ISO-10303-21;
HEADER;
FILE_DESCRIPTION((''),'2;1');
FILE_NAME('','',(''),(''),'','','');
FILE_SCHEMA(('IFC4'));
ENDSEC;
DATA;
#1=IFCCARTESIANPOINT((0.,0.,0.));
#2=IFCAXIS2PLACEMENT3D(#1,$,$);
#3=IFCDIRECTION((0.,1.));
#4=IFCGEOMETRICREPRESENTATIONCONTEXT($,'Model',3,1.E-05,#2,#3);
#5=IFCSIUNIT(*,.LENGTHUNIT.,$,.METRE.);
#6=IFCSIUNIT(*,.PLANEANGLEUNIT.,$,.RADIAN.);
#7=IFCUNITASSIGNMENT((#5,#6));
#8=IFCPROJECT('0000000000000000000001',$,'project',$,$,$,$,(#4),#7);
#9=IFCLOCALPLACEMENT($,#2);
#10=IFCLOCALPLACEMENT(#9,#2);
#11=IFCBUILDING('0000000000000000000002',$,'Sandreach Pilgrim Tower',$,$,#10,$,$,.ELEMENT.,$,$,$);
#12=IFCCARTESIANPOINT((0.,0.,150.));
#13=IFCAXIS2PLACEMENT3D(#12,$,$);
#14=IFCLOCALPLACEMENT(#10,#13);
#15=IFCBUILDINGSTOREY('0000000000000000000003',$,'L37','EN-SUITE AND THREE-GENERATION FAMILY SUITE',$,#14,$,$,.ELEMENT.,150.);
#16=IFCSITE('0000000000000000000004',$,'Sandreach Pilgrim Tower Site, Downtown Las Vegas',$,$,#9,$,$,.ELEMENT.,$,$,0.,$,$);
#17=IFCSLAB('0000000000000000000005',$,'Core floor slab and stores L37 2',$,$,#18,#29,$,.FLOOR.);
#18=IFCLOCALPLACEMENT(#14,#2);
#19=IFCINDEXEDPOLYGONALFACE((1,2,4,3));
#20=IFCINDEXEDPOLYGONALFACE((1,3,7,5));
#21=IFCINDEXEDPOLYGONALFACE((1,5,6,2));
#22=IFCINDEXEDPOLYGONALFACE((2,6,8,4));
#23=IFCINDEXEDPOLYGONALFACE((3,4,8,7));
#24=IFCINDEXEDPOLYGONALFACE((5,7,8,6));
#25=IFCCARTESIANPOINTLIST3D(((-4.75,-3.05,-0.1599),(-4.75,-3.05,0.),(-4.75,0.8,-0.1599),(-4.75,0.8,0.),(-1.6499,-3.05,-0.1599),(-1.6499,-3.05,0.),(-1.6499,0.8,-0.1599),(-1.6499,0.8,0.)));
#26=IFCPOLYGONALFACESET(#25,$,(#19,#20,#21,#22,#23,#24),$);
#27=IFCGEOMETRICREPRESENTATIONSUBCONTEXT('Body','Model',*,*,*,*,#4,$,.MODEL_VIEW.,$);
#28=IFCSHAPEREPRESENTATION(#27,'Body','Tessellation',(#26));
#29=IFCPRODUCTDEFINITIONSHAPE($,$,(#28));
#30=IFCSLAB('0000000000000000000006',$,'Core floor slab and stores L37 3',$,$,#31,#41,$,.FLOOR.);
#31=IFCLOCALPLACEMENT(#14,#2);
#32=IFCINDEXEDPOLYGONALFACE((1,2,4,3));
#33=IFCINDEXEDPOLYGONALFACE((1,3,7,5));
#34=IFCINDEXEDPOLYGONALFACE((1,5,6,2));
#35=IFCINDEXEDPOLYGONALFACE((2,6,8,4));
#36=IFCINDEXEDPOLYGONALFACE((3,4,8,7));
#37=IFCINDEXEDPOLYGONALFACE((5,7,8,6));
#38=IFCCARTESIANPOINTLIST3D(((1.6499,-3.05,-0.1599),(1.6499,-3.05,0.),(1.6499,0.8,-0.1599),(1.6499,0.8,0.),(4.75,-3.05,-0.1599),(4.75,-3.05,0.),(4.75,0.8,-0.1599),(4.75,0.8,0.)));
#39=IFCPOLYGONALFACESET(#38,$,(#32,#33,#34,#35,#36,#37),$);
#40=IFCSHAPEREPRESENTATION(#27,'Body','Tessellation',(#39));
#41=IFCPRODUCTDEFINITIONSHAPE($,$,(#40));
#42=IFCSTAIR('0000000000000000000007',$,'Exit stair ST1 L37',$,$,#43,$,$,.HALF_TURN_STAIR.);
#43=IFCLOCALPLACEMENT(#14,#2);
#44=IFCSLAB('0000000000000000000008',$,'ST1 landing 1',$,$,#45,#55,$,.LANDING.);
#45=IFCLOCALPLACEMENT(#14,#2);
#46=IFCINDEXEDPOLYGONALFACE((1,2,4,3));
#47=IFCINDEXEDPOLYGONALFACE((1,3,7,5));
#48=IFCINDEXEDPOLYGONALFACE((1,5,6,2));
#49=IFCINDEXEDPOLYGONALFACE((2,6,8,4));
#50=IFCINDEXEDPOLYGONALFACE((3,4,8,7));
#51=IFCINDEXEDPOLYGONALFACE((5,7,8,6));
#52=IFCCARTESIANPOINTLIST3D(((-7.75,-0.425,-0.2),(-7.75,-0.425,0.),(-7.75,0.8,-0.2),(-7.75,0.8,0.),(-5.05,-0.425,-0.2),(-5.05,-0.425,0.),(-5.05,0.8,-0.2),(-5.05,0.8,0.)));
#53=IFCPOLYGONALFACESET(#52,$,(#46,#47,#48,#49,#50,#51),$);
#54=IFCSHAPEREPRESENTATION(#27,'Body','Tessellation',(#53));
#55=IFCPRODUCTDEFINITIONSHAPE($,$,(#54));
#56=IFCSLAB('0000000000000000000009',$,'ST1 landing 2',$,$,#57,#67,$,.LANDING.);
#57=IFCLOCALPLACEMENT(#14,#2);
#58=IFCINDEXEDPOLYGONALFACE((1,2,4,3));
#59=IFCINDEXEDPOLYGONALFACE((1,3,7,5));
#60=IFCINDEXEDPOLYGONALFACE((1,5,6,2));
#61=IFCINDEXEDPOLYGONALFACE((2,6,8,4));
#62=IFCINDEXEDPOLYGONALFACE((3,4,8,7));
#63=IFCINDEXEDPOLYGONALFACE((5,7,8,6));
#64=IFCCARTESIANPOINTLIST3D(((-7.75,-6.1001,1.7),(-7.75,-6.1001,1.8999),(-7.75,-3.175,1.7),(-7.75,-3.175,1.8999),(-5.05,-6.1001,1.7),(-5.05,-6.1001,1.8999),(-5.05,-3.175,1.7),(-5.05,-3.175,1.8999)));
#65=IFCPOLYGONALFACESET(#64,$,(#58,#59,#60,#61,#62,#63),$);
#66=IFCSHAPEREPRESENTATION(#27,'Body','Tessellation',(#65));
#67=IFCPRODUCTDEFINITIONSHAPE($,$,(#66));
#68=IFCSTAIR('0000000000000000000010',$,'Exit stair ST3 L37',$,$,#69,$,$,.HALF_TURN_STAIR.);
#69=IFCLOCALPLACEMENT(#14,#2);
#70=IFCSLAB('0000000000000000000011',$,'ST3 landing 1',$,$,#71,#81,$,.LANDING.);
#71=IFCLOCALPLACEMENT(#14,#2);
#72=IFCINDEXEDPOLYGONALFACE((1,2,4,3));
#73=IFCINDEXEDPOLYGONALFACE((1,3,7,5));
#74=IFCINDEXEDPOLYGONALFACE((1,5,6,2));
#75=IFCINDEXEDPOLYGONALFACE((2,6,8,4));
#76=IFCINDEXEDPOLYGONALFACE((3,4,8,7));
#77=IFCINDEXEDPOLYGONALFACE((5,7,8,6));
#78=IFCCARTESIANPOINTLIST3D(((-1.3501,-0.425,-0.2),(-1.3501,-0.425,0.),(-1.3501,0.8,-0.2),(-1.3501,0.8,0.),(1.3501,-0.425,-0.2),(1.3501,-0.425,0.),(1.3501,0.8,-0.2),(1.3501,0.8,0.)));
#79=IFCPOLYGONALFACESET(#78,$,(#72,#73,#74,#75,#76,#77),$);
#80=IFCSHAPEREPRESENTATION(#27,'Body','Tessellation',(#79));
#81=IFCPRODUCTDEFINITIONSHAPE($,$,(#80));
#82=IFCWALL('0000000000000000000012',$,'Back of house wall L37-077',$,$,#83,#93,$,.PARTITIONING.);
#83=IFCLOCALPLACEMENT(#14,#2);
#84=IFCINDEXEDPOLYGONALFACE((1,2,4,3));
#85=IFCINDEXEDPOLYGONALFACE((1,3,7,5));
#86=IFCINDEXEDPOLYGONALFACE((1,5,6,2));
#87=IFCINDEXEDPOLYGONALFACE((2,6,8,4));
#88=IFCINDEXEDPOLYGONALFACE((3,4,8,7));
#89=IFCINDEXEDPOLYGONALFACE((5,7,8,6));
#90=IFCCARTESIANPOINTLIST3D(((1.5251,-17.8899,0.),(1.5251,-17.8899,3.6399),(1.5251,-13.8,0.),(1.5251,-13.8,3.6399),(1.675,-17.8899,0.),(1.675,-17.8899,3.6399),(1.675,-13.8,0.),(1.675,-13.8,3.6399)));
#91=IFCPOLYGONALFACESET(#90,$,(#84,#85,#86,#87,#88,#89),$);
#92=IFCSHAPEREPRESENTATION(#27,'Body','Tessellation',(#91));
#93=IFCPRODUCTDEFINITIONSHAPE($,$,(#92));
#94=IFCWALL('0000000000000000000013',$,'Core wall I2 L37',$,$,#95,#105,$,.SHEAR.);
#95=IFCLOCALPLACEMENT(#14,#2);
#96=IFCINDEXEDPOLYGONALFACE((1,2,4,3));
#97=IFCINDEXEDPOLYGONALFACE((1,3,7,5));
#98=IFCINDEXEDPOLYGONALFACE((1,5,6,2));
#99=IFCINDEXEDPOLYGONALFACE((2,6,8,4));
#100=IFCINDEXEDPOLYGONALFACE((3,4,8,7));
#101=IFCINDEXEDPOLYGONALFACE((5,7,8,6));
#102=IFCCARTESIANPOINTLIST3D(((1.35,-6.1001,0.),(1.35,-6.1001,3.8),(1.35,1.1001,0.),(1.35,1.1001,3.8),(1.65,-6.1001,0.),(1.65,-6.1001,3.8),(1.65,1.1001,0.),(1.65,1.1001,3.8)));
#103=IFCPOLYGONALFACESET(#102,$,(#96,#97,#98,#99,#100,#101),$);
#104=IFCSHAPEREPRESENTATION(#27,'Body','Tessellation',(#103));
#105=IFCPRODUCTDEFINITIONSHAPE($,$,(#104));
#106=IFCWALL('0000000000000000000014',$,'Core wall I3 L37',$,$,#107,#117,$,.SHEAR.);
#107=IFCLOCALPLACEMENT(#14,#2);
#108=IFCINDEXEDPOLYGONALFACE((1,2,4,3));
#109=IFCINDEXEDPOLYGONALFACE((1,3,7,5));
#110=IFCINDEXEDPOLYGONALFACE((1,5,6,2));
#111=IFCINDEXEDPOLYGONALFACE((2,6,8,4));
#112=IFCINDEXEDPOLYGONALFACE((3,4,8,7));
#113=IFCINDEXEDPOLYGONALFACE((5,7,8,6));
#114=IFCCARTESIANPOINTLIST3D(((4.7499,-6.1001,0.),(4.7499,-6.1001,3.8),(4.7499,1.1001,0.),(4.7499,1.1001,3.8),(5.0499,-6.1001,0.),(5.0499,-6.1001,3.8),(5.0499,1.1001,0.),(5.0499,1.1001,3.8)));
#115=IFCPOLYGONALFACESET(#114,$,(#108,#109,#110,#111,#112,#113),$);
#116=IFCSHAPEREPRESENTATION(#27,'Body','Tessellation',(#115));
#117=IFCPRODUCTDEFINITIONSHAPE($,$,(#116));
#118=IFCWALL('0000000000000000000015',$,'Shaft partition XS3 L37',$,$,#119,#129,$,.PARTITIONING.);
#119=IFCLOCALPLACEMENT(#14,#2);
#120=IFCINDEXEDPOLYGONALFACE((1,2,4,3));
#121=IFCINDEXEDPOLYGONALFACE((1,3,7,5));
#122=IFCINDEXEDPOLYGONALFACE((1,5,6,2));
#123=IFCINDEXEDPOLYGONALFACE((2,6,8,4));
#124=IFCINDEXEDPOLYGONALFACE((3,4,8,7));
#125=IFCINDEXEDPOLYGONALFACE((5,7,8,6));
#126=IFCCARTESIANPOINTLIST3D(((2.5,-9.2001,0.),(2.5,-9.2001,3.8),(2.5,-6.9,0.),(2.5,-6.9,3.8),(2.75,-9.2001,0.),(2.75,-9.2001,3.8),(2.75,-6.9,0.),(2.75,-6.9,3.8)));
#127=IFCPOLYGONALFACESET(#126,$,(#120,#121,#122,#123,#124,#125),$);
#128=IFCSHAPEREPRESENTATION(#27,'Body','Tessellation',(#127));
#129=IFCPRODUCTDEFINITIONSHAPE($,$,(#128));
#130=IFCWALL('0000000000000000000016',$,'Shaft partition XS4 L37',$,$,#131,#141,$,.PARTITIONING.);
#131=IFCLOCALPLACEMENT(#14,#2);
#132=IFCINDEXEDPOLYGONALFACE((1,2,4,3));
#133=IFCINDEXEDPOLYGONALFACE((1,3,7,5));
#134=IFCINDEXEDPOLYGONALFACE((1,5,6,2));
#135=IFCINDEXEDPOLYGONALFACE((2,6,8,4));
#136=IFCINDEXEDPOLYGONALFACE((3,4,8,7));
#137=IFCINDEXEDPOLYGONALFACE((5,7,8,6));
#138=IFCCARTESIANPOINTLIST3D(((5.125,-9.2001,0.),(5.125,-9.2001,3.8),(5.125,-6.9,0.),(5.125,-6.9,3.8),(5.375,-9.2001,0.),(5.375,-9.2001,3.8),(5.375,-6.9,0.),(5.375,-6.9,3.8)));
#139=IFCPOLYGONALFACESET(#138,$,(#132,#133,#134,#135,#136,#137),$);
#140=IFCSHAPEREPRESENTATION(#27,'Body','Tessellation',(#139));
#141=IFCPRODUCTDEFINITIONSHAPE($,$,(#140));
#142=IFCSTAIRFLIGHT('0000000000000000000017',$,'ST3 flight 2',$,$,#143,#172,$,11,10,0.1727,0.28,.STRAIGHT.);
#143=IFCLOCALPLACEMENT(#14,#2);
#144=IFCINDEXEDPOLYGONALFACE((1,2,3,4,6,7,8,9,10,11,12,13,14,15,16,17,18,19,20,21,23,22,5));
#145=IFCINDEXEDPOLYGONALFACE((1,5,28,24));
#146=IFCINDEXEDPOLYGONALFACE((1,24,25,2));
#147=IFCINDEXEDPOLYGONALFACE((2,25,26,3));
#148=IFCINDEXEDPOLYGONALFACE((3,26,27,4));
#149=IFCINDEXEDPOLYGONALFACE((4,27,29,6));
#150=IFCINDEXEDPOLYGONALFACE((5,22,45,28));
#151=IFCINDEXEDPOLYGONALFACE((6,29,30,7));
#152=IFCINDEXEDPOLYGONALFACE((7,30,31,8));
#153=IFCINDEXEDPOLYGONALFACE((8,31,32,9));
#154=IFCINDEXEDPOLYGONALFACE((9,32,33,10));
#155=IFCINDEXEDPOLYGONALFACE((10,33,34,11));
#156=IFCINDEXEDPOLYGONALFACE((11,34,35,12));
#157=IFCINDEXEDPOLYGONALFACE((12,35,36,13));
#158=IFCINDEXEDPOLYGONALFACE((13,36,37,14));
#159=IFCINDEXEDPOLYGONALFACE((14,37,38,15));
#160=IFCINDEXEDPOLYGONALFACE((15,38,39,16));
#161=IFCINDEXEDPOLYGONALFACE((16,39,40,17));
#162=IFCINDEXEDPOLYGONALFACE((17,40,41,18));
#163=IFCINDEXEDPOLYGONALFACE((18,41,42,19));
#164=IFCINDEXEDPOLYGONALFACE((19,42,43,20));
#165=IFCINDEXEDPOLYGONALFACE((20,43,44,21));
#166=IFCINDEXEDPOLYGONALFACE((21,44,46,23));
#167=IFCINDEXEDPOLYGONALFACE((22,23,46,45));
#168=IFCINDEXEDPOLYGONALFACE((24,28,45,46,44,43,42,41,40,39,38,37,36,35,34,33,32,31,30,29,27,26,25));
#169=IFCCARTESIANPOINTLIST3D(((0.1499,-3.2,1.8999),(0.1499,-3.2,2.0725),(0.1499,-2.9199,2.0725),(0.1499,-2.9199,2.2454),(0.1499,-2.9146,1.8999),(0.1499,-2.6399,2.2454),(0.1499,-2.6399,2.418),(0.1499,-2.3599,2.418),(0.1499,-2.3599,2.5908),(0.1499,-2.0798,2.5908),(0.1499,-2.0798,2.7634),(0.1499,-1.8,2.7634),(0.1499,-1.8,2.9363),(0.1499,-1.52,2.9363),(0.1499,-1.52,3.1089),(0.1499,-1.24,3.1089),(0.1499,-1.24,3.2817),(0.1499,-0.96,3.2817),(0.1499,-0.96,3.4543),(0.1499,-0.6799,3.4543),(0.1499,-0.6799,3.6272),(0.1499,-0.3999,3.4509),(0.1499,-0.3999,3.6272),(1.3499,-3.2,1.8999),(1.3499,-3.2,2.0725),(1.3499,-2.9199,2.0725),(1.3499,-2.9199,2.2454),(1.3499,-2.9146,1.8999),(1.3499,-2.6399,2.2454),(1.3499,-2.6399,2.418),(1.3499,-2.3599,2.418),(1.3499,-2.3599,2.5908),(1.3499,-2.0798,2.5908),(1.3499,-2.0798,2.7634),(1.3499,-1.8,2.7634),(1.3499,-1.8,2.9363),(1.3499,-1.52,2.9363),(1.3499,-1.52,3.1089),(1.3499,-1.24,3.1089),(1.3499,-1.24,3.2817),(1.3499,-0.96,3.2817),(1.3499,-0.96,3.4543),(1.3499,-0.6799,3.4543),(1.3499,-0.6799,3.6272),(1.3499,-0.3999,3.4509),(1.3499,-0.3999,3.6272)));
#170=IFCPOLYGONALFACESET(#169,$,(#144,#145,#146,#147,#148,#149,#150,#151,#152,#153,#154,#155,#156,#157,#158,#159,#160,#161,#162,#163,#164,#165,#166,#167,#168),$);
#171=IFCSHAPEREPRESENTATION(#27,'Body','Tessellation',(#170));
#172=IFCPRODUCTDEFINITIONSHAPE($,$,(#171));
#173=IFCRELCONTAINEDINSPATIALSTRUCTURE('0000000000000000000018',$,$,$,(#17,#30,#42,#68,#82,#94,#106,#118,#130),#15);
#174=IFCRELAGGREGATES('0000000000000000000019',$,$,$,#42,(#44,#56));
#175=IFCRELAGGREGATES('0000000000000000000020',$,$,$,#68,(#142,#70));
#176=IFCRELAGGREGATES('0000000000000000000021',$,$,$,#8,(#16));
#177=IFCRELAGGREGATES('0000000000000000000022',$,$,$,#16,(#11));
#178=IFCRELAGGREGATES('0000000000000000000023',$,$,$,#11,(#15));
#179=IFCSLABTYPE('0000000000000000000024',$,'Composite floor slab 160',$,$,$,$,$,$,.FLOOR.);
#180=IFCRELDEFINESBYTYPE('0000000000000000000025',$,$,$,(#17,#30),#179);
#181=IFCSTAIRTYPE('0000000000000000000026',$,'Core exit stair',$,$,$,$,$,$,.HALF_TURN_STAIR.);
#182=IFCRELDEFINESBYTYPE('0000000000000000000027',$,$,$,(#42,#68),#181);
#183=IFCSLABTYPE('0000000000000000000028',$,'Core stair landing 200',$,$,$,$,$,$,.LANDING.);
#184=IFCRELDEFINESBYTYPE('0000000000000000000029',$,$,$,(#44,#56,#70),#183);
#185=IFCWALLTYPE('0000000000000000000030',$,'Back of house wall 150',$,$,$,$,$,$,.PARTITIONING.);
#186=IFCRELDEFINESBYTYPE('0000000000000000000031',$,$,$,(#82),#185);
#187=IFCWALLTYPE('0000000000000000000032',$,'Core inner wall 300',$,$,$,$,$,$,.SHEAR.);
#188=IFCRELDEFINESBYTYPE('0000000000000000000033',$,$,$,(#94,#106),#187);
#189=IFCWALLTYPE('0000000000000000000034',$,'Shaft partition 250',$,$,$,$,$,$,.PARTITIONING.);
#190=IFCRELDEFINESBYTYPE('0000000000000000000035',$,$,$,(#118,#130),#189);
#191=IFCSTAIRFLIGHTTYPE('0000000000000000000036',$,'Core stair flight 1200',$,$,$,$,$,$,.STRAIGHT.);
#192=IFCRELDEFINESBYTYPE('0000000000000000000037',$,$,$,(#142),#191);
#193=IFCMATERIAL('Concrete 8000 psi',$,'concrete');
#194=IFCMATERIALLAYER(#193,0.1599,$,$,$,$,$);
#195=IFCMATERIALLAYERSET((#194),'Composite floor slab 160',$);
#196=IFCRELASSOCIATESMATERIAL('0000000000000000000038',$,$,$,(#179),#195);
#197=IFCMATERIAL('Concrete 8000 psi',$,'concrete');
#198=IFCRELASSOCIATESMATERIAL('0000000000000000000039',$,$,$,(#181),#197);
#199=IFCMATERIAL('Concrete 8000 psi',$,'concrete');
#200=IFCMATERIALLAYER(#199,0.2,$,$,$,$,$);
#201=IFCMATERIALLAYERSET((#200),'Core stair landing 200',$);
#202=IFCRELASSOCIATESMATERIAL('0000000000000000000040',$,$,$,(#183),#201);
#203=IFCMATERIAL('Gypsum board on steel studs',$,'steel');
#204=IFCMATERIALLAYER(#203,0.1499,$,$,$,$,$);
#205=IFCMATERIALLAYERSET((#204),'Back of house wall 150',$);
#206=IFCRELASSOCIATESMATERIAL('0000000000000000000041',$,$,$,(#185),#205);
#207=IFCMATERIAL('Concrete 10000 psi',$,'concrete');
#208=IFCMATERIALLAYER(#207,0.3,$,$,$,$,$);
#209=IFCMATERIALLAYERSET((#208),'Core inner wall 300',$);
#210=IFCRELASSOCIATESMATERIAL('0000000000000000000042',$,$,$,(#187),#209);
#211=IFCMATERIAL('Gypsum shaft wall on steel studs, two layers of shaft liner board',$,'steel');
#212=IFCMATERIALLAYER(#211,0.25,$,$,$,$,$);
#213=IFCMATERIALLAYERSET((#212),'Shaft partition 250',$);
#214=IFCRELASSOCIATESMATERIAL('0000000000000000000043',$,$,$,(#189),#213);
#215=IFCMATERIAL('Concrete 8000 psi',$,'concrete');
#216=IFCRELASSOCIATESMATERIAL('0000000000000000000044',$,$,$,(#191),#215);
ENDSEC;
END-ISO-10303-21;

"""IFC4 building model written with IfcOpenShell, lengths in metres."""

from ifc_helpers import new_model, si_unit, direction, frame, frame_2d, origin, place, context, subcontext, project, spatial, polyline, rectangle, outline, extrude, material, layer, layer_set, type_object, element, aggregate, save


model = new_model("IFC4")

# Units and contexts
model_context = context("Model", 3, precision=1e-05, world=origin(), true_north=direction((0.0, 1.0)))
body_context = subcontext(model_context, "Body", "Model", "MODEL_VIEW")
ifc_project = project(units=[si_unit("LENGTHUNIT", "METRE"), si_unit("PLANEANGLEUNIT", "RADIAN")], contexts=[model_context])

# Site, building, storey
site_placement = place(None, origin())
site = spatial("IfcSite", under=ifc_project, at=site_placement, Name="Sandreach Pilgrim Tower Site, Downtown Las Vegas", CompositionType="ELEMENT", RefElevation=0.0)
building_placement = place(site_placement, origin())
building = spatial("IfcBuilding", under=site, at=building_placement, Name="Sandreach Pilgrim Tower", CompositionType="ELEMENT")
storey_placement = place(building_placement, frame((0.0, 0.0, 150.0)))
storey = spatial("IfcBuildingStorey", under=building, at=storey_placement, Name="L37", Description="EN-SUITE AND THREE-GENERATION FAMILY SUITE", CompositionType="ELEMENT", Elevation=150.0)

# Slabs
ifc_material_1 = material(Name="Concrete 8000 psi", Category="concrete")
ifc_layer_1 = layer(ifc_material_1, 0.1599)
ifc_layer_set_1 = layer_set([ifc_layer_1], Name="Composite floor slab 160")
slab_type_1 = type_object("IfcSlabType", Name="Composite floor slab 160", PredefinedType="FLOOR", material=ifc_layer_set_1)
slab_1_placement = place(storey_placement, frame((0.0, 0.0, -0.1599)))
element("IfcSlab", 1, at=slab_1_placement, inside=storey, type_object=slab_type_1, Name="Core floor slab and stores L37 2", PredefinedType="FLOOR", context=body_context, shape_type="SweptSolid", body=[
    extrude(outline(polyline([(-1.6499, -3.05), (-4.75, -3.05), (-4.75, 0.8), (-1.6499, 0.8), (-1.6499, -3.05)])), origin(), (0.0, 0.0, 1.0), 0.1599),
])
slab_2_placement = place(storey_placement, frame((0.0, 0.0, -0.1599)))
element("IfcSlab", 2, at=slab_2_placement, inside=storey, type_object=slab_type_1, Name="Core floor slab and stores L37 3", PredefinedType="FLOOR", context=body_context, shape_type="SweptSolid", body=[
    extrude(outline(polyline([(4.75, -3.05), (1.6499, -3.05), (1.6499, 0.8), (4.75, 0.8), (4.75, -3.05)])), origin(), (0.0, 0.0, 1.0), 0.1599),
])

# Stair, slabs
ifc_material_2 = material(Name="Concrete 8000 psi", Category="concrete")
stair_type = type_object("IfcStairType", Name="Core exit stair", PredefinedType="HALF_TURN_STAIR", material=ifc_material_2)
stair_1_placement = place(storey_placement, origin())
stair_1 = element("IfcStair", 3, at=stair_1_placement, inside=storey, type_object=stair_type, Name="Exit stair ST1 L37", PredefinedType="HALF_TURN_STAIR")
ifc_material_3 = material(Name="Concrete 8000 psi", Category="concrete")
ifc_layer_2 = layer(ifc_material_3, 0.2)
ifc_layer_set_2 = layer_set([ifc_layer_2], Name="Core stair landing 200")
slab_type_2 = type_object("IfcSlabType", Name="Core stair landing 200", PredefinedType="LANDING", material=ifc_layer_set_2)
slab_3_placement = place(storey_placement, frame((0.0, 0.0, -0.2)))
slab_3 = element("IfcSlab", 4, at=slab_3_placement, type_object=slab_type_2, Name="ST1 landing 1", PredefinedType="LANDING", context=body_context, shape_type="SweptSolid", body=[
    extrude(outline(polyline([(-7.75, -0.425), (-5.05, -0.425), (-5.05, 0.8), (-7.75, 0.8), (-7.75, -0.425)])), origin(), (0.0, 0.0, 1.0), 0.2),
])
slab_4_placement = place(storey_placement, frame((0.0, 0.0, 1.7)))
slab_4 = element("IfcSlab", 5, at=slab_4_placement, type_object=slab_type_2, Name="ST1 landing 2", PredefinedType="LANDING", context=body_context, shape_type="SweptSolid", body=[
    extrude(outline(polyline([(-7.75, -6.1001), (-5.05, -6.1001), (-5.05, -3.175), (-7.75, -3.175), (-7.75, -6.1001)])), origin(), (0.0, 0.0, 1.0), 0.2),
])
aggregate(stair_1, [slab_3, slab_4])

# Stair, slab
stair_2_placement = place(storey_placement, origin())
stair_2 = element("IfcStair", 6, at=stair_2_placement, inside=storey, type_object=stair_type, Name="Exit stair ST3 L37", PredefinedType="HALF_TURN_STAIR")
slab_5_placement = place(storey_placement, frame((0.0, 0.0, -0.2)))
slab_5 = element("IfcSlab", 7, at=slab_5_placement, type_object=slab_type_2, Name="ST3 landing 1", PredefinedType="LANDING", context=body_context, shape_type="SweptSolid", body=[
    extrude(outline(polyline([(-1.3501, -0.425), (1.3501, -0.425), (1.3501, 0.8), (-1.3501, 0.8), (-1.3501, -0.425)])), origin(), (0.0, 0.0, 1.0), 0.2),
])

# Walls
ifc_material_4 = material(Name="Gypsum board on steel studs", Category="steel")
ifc_layer_3 = layer(ifc_material_4, 0.1499)
ifc_layer_set_3 = layer_set([ifc_layer_3], Name="Back of house wall 150")
wall_type_1 = type_object("IfcWallType", Name="Back of house wall 150", PredefinedType="PARTITIONING", material=ifc_layer_set_3)
wall_1_placement = place(storey_placement, frame((1.6001, -13.8, 0.0), z_axis=(0.0, 0.0, 1.0), x_axis=(0.0, -1.0, 0.0)))
element("IfcWall", 8, at=wall_1_placement, inside=storey, type_object=wall_type_1, Name="Back of house wall L37-077", PredefinedType="PARTITIONING", context=body_context, shape_type="SweptSolid", body=[
    extrude(rectangle(XDim=4.0898, YDim=0.1499, at=frame_2d((2.0449, 0.0))), origin(), (0.0, 0.0, 1.0), 3.6399),
])
ifc_material_5 = material(Name="Concrete 10000 psi", Category="concrete")
ifc_layer_4 = layer(ifc_material_5, 0.3)
ifc_layer_set_4 = layer_set([ifc_layer_4], Name="Core inner wall 300")
wall_type_2 = type_object("IfcWallType", Name="Core inner wall 300", PredefinedType="SHEAR", material=ifc_layer_set_4)
for number, where, z_axis, x_axis, name in (
    (9, (1.5, -6.1001, 0.0), (0.0, 0.0, 1.0), (0.0, 1.0, 0.0), "Core wall I2 L37"),
    (10, (4.8999, -6.1001, 0.0), (0.0, 0.0, 1.0), (0.0, 1.0, 0.0), "Core wall I3 L37"),
):
    element("IfcWall", number, at=place(storey_placement, frame(where, z_axis=z_axis, x_axis=x_axis)), inside=storey, type_object=wall_type_2, Name=name, PredefinedType="SHEAR", context=body_context, shape_type="SweptSolid", body=[
        extrude(rectangle(XDim=7.2002, YDim=0.3, at=frame_2d((3.6001, 0.0))), origin(), (0.0, 0.0, 1.0), 3.8),
    ])

# Walls
ifc_material_6 = material(Name="Gypsum shaft wall on steel studs, two layers of shaft liner board", Category="steel")
ifc_layer_5 = layer(ifc_material_6, 0.25)
ifc_layer_set_5 = layer_set([ifc_layer_5], Name="Shaft partition 250")
wall_type_3 = type_object("IfcWallType", Name="Shaft partition 250", PredefinedType="PARTITIONING", material=ifc_layer_set_5)
for number, where, z_axis, x_axis, name in (
    (11, (2.625, -9.2, 0.0), (0.0, 0.0, 1.0), (0.0, 1.0, 0.0), "Shaft partition XS3 L37"),
    (12, (5.25, -9.2, 0.0), (0.0, 0.0, 1.0), (0.0, 1.0, 0.0), "Shaft partition XS4 L37"),
):
    element("IfcWall", number, at=place(storey_placement, frame(where, z_axis=z_axis, x_axis=x_axis)), inside=storey, type_object=wall_type_3, Name=name, PredefinedType="PARTITIONING", context=body_context, shape_type="SweptSolid", body=[
        extrude(rectangle(XDim=2.3, YDim=0.25, at=frame_2d((1.1499, 0.0))), origin(), (0.0, 0.0, 1.0), 3.8),
    ])

# Stair flight
ifc_material_7 = material(Name="Concrete 8000 psi", Category="concrete")
stair_flight_type = type_object("IfcStairFlightType", Name="Core stair flight 1200", PredefinedType="STRAIGHT", material=ifc_material_7)
stair_flight_placement = place(storey_placement, frame((0.75, -3.2, 1.8999), z_axis=(0.0, 0.0, 1.0), x_axis=(0.0, 1.0, 0.0)))
stair_flight = element("IfcStairFlight", 13, at=stair_flight_placement, type_object=stair_flight_type, Name="ST3 flight 2", NumberOfRisers=11, NumberOfTreads=10, PredefinedType="STRAIGHT", RiserHeight=0.1727, TreadLength=0.28, context=body_context, shape_type="SweptSolid", body=[
    extrude(outline(polyline([(0.0, 0.0), (0.0, 0.1726), (0.28, 0.1726), (0.28, 0.3455), (0.5601, 0.3455), (0.5601, 0.5181), (0.8401, 0.5181), (0.8401, 0.6909), (1.1201, 0.6909), (1.1201, 0.8635), (1.3999, 0.8635), (1.3999, 1.0364), (1.6799, 1.0364), (1.6799, 1.209), (1.96, 1.209), (1.96, 1.3818), (2.24, 1.3818), (2.24, 1.5544), (2.52, 1.5544), (2.52, 1.7273), (2.8, 1.7273), (2.8, 1.8999), (2.8, 1.551), (0.2854, 0.0), (0.0, 0.0)])), frame((0.0, 0.6001, 0.0), z_axis=(0.0, -1.0, 0.0), x_axis=(1.0, 0.0, 0.0)), (0.0, 0.0, 1.0), 1.2),
])
aggregate(stair_2, [stair_flight, slab_5])

save(model, "model.ifc")
